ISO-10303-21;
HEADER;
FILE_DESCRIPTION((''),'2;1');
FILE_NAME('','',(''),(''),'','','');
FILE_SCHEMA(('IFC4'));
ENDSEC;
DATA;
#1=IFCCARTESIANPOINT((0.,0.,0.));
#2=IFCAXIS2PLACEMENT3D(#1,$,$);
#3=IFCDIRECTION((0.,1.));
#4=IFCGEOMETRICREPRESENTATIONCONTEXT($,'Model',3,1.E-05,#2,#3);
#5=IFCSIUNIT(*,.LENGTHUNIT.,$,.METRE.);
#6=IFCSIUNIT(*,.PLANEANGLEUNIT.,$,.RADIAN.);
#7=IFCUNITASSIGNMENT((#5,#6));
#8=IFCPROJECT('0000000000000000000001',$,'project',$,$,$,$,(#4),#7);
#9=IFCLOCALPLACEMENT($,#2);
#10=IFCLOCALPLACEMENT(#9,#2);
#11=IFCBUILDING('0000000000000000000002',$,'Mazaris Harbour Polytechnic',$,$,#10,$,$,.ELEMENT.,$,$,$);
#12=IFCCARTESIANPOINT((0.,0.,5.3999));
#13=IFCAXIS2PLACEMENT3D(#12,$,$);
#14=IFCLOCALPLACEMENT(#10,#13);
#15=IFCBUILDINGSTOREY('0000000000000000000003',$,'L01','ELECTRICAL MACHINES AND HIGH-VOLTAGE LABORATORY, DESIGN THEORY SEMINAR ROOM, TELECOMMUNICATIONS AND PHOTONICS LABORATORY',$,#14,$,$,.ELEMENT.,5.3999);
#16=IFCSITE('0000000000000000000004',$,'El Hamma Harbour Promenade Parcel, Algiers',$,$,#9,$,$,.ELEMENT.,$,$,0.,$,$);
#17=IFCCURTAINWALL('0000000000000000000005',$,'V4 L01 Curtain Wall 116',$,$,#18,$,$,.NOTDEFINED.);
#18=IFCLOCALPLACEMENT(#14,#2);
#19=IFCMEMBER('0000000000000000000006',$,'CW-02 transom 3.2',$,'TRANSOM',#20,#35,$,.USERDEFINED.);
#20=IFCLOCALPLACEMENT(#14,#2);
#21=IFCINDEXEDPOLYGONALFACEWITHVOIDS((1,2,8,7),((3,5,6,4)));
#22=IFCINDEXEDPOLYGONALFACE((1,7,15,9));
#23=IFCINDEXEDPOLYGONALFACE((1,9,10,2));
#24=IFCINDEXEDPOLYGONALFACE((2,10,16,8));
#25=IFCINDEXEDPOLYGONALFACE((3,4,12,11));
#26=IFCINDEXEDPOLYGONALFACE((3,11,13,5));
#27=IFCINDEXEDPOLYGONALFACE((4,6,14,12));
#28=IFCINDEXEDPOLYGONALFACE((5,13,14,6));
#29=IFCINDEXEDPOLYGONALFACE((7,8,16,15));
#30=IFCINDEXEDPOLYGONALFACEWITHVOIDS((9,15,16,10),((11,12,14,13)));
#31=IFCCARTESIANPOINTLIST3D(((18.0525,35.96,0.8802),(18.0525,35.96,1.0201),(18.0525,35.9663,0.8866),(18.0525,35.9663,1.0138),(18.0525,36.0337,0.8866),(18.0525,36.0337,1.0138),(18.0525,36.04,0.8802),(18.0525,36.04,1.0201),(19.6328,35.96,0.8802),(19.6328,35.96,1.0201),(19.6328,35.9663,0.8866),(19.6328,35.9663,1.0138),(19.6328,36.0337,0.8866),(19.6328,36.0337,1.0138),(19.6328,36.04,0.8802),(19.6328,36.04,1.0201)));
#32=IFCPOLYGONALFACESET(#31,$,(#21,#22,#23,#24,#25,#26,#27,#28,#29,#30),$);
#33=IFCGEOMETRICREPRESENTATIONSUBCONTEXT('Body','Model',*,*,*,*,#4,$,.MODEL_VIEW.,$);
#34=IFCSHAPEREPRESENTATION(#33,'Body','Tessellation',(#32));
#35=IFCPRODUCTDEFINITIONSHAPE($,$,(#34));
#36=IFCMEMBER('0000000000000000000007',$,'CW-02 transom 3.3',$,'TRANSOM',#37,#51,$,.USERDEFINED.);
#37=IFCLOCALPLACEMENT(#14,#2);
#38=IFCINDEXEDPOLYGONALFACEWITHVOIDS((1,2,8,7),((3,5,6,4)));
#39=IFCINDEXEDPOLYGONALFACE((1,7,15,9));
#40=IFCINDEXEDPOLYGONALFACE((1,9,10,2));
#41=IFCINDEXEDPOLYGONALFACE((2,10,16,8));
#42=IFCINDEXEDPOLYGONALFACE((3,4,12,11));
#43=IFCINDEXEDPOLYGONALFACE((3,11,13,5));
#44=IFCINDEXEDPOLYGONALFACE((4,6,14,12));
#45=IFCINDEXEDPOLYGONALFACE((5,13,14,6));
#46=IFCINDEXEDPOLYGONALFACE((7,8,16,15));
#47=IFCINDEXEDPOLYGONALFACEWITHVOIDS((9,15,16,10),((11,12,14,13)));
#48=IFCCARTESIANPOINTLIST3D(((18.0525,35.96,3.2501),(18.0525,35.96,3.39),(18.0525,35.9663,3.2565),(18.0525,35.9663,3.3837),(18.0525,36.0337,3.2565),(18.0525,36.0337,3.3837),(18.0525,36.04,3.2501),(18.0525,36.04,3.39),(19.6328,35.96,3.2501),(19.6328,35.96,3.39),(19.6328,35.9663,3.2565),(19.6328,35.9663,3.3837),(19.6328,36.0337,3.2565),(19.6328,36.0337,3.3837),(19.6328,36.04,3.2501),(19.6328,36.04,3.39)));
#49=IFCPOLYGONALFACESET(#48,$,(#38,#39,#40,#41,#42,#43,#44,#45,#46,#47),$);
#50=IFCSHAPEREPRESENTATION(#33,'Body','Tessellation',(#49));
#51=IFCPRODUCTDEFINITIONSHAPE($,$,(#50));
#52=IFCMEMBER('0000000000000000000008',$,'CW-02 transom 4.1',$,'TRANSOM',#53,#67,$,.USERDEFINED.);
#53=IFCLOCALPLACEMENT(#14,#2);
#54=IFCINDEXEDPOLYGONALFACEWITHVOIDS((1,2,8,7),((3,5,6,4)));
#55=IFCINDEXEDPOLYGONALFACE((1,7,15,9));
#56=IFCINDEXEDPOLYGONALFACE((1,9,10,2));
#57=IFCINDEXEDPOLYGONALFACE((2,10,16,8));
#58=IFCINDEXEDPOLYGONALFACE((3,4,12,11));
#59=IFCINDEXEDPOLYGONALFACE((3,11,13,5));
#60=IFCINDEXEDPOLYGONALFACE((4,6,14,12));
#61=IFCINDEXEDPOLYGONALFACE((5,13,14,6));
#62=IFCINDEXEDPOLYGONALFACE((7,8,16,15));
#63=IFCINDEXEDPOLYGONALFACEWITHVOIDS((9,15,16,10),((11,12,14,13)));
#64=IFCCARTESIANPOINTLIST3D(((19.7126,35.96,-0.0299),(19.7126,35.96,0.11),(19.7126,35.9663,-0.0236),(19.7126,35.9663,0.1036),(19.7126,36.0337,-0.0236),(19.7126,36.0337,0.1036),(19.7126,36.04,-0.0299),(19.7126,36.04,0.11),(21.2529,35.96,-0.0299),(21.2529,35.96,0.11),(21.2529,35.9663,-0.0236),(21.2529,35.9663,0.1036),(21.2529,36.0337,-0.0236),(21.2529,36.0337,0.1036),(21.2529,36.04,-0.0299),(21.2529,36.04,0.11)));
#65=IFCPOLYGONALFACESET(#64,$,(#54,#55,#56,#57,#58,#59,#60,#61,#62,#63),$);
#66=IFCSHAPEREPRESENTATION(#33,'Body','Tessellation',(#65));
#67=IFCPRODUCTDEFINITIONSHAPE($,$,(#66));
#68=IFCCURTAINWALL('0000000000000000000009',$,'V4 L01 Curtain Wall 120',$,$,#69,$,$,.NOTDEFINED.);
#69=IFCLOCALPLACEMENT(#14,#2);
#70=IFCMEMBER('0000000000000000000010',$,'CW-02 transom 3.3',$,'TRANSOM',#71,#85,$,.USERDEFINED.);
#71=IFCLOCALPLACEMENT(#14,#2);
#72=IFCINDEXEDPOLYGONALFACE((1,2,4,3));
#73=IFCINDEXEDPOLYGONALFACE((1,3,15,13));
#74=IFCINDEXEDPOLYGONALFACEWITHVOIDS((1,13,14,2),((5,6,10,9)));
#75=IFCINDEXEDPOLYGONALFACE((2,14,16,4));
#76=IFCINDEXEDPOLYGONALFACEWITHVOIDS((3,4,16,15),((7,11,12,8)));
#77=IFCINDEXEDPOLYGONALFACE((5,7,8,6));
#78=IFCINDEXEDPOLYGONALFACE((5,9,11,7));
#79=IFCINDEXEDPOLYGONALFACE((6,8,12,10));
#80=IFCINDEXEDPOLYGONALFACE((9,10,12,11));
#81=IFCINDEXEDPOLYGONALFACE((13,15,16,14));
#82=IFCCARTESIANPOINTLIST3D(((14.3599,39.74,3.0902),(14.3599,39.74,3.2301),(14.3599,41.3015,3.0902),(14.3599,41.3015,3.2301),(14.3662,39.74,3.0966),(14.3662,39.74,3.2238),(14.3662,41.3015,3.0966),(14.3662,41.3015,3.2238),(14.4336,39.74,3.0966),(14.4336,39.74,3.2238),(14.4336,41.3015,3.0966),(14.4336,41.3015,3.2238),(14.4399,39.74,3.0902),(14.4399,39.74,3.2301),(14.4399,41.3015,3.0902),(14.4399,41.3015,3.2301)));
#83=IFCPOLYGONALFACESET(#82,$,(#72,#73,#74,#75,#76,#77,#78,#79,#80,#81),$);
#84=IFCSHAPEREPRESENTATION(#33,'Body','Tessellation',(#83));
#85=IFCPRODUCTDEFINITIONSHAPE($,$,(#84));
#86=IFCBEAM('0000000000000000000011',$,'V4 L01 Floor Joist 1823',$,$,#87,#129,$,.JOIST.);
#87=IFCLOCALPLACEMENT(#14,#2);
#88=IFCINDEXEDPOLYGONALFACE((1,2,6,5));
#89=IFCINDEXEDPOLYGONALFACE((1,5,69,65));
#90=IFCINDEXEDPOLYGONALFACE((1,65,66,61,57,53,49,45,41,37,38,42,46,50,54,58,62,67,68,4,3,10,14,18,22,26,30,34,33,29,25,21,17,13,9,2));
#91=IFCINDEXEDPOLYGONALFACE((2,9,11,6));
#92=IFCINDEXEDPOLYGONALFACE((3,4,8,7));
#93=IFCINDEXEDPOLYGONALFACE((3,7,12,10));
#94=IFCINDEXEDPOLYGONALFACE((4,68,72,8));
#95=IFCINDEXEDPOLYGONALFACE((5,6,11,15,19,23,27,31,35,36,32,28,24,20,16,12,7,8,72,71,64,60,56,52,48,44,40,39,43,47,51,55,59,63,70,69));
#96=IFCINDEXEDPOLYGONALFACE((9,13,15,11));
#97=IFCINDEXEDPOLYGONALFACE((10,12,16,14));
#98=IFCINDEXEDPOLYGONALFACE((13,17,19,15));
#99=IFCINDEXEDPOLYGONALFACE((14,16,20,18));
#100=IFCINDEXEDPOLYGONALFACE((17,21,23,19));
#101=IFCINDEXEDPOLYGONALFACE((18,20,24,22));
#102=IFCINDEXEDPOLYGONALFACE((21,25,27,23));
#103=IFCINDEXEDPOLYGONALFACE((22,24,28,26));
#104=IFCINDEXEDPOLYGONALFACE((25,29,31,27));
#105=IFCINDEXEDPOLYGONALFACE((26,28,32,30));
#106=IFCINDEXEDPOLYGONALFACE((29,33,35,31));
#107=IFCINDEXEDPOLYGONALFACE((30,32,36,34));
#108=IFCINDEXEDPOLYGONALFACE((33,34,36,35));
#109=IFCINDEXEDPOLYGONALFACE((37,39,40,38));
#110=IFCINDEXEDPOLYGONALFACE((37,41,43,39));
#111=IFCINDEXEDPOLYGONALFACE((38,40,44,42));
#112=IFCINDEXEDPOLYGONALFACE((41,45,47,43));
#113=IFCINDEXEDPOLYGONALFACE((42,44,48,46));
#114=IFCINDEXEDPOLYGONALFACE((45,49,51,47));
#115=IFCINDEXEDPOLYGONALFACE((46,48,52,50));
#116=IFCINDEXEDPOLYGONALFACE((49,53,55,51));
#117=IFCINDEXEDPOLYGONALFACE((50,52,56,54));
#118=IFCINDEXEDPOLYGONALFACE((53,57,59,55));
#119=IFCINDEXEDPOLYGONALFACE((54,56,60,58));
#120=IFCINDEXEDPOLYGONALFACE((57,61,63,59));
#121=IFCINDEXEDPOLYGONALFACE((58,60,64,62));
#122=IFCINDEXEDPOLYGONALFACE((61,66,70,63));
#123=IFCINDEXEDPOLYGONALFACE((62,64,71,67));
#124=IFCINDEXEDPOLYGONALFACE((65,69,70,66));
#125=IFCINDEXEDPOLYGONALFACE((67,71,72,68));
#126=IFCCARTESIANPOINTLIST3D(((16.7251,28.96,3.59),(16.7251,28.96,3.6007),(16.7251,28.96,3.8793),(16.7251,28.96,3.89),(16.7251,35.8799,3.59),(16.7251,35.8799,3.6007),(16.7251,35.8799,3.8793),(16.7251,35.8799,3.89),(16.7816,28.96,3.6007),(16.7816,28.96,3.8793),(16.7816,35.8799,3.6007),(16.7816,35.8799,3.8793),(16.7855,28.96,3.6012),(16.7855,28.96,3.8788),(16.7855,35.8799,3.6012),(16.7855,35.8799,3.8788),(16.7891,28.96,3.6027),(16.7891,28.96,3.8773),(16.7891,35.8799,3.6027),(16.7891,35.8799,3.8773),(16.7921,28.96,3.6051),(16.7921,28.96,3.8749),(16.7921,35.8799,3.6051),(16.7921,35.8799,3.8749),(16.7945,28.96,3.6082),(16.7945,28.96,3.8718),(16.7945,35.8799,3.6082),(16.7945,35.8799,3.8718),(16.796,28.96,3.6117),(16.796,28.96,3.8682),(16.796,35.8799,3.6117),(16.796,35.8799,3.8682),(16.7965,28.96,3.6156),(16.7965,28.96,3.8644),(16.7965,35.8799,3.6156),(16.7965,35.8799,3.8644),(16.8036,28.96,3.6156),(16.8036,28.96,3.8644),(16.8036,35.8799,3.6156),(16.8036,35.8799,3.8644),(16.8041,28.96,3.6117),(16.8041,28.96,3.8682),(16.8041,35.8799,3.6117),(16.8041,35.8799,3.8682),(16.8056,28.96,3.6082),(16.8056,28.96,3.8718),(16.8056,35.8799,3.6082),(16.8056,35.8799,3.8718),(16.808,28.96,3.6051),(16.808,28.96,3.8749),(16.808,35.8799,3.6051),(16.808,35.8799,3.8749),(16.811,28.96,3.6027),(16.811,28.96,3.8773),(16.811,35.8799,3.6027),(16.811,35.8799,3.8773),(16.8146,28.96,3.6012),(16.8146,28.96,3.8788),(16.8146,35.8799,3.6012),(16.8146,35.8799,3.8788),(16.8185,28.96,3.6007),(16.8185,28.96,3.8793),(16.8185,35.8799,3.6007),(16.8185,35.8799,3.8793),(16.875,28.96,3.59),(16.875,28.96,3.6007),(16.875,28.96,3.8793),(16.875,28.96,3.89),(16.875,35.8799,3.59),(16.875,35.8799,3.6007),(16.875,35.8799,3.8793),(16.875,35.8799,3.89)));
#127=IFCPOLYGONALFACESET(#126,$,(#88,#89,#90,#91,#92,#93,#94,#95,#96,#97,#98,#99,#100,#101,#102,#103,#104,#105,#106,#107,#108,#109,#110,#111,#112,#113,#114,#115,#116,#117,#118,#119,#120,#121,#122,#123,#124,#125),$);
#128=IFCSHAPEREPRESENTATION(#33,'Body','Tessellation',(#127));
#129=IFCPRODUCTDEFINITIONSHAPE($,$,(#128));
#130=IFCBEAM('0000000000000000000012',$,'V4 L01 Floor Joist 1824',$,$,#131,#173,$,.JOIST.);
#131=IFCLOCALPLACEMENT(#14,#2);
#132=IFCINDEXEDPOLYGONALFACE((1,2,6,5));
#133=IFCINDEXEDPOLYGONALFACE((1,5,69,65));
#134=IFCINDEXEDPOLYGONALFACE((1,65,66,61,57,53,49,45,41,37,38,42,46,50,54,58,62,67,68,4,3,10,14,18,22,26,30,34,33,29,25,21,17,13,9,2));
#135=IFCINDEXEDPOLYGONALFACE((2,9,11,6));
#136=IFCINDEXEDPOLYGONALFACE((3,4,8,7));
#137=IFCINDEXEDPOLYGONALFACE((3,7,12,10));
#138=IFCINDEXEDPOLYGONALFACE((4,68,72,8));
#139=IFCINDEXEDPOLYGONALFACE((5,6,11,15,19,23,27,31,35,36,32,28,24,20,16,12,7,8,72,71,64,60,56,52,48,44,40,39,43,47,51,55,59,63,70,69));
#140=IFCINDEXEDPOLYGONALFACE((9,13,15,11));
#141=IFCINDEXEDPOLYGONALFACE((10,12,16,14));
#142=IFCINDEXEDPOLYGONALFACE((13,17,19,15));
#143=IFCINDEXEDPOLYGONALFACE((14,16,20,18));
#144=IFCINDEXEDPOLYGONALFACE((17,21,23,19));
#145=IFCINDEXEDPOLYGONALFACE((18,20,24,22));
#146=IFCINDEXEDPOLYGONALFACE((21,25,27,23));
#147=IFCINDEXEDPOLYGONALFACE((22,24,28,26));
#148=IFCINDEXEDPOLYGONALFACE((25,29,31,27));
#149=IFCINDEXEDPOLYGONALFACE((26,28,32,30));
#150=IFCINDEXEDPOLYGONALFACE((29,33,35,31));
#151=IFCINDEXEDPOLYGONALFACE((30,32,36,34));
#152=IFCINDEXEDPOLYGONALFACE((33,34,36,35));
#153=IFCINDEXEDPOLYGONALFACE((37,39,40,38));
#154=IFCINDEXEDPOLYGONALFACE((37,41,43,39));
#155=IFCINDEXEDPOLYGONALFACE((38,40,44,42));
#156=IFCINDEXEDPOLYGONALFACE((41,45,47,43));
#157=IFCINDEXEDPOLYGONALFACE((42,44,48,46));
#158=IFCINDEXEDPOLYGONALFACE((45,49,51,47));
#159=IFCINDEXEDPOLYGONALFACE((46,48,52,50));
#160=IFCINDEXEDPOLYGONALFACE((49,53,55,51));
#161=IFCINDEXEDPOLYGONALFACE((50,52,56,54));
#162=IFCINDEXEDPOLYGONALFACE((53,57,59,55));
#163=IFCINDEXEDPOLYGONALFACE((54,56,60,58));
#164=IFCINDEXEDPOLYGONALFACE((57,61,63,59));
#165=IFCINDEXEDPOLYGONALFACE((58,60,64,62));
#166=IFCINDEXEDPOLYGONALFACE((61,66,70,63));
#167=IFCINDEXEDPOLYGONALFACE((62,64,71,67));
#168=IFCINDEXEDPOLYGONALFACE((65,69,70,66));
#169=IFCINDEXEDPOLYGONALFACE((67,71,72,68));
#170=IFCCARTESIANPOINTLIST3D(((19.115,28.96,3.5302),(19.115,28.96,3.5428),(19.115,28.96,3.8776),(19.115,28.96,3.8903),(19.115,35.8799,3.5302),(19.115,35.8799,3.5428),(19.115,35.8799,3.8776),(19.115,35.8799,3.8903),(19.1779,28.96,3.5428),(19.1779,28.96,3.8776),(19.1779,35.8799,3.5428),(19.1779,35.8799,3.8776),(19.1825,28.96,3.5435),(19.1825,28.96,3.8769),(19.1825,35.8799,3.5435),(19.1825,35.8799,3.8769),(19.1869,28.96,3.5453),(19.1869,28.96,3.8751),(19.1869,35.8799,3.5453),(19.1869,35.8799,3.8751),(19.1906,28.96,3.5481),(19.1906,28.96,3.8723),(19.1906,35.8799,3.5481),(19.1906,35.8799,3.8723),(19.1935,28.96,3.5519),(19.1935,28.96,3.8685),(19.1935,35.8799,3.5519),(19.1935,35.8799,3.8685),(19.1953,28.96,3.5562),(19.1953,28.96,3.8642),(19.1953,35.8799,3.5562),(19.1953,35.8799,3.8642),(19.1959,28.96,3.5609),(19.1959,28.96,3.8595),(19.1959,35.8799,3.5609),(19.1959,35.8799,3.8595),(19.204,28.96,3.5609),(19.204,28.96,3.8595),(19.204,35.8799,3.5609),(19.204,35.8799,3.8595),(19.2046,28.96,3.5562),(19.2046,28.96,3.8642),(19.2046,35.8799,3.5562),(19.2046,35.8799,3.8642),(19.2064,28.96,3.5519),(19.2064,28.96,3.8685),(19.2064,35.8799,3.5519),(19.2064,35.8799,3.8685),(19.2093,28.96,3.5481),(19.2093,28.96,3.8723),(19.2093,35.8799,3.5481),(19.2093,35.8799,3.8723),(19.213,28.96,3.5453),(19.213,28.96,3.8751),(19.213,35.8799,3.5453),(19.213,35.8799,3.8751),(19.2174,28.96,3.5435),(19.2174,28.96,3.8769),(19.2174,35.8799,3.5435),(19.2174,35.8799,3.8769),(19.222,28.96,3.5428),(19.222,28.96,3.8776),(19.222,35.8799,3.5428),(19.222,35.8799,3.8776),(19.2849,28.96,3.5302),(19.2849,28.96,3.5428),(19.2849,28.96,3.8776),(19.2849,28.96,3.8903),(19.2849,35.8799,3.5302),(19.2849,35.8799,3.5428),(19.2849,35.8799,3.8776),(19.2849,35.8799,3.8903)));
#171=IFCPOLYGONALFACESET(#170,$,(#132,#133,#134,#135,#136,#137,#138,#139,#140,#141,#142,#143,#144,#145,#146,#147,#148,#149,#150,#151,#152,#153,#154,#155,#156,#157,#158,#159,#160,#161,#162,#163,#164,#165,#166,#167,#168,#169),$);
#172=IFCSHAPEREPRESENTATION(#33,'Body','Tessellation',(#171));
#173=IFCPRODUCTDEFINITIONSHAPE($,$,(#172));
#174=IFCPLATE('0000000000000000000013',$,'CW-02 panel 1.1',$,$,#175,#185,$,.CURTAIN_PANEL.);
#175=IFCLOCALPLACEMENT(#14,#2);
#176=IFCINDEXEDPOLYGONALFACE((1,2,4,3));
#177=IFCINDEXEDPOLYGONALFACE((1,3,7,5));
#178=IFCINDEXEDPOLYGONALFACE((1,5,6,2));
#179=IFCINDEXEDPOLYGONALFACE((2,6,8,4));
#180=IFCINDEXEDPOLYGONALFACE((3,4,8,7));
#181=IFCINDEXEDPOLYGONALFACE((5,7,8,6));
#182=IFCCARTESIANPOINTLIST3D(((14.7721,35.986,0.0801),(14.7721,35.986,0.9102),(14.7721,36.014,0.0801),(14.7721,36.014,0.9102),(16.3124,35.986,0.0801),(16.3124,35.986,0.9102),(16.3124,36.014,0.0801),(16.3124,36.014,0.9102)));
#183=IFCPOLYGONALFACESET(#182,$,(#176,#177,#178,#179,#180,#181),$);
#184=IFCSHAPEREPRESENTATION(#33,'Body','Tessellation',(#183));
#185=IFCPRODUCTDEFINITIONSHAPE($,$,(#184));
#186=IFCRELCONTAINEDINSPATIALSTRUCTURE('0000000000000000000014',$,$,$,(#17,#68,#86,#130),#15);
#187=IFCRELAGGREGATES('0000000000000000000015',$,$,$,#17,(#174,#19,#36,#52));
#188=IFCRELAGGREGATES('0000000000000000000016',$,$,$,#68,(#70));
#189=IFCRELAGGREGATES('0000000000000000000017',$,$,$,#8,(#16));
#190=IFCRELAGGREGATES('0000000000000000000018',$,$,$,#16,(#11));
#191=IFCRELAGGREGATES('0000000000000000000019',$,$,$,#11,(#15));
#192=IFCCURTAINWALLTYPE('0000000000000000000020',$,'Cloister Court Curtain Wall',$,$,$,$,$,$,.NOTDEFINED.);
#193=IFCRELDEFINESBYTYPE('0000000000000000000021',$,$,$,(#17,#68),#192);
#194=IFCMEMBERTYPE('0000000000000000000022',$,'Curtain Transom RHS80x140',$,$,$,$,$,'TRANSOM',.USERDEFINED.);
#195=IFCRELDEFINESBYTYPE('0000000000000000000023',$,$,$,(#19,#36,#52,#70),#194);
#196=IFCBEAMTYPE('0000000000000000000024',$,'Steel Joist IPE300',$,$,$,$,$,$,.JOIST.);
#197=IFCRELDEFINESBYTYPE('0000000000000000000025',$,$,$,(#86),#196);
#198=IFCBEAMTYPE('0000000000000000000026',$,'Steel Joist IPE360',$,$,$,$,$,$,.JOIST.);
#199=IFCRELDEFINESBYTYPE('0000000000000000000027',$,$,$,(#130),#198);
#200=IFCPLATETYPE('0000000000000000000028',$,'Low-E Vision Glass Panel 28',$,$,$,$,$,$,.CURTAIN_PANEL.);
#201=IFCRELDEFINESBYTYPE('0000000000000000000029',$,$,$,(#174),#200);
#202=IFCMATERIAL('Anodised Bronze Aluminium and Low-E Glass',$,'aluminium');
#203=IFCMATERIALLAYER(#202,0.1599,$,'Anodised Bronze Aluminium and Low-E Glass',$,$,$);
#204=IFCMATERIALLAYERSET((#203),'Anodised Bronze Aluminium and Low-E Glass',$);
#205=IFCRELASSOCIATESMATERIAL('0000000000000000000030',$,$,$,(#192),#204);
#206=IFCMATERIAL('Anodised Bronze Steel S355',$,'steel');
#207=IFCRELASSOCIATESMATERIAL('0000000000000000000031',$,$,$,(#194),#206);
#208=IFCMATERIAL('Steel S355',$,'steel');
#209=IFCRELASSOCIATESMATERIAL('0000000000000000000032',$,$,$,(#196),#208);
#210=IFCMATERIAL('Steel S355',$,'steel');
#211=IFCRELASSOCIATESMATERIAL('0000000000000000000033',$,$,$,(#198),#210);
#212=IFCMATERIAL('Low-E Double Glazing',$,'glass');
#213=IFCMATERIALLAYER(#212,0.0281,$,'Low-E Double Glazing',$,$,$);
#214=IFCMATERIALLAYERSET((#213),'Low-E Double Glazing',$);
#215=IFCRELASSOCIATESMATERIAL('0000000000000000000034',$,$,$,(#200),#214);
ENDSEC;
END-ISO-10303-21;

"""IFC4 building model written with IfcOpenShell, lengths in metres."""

from ifc_helpers import new_model, si_unit, direction, frame, origin, origin_2d, place, context, subcontext, project, spatial, rectangle, hollow_rectangle, i_section, extrude, material, layer, layer_set, material_profile, profile_set, type_object, element, aggregate, save


model = new_model("IFC4")

# Units and contexts
model_context = context("Model", 3, precision=1e-05, world=origin(), true_north=direction((0.0, 1.0)))
body_context = subcontext(model_context, "Body", "Model", "MODEL_VIEW")
ifc_project = project(units=[si_unit("LENGTHUNIT", "METRE"), si_unit("PLANEANGLEUNIT", "RADIAN")], contexts=[model_context])

# Site, building, storey
site_placement = place(None, origin())
site = spatial("IfcSite", under=ifc_project, at=site_placement, Name="El Hamma Harbour Promenade Parcel, Algiers", CompositionType="ELEMENT", RefElevation=0.0)
building_placement = place(site_placement, origin())
building = spatial("IfcBuilding", under=site, at=building_placement, Name="Mazaris Harbour Polytechnic", CompositionType="ELEMENT")
storey_placement = place(building_placement, frame((0.0, 0.0, 5.3999)))
storey = spatial("IfcBuildingStorey", under=building, at=storey_placement, Name="L01", Description="ELECTRICAL MACHINES AND HIGH-VOLTAGE LABORATORY, DESIGN THEORY SEMINAR ROOM, TELECOMMUNICATIONS AND PHOTONICS LABORATORY", CompositionType="ELEMENT", Elevation=5.3999)

# Curtain wall, members
ifc_material_1 = material(Name="Anodised Bronze Aluminium and Low-E Glass", Category="aluminium")
ifc_layer_1 = layer(ifc_material_1, 0.1599, Name="Anodised Bronze Aluminium and Low-E Glass")
ifc_layer_set_1 = layer_set([ifc_layer_1], Name="Anodised Bronze Aluminium and Low-E Glass")
curtain_wall_type = type_object("IfcCurtainWallType", Name="Cloister Court Curtain Wall", PredefinedType="NOTDEFINED", material=ifc_layer_set_1)
curtain_wall_1_placement = place(storey_placement, origin())
curtain_wall_1 = element("IfcCurtainWall", 1, at=curtain_wall_1_placement, inside=storey, type_object=curtain_wall_type, Name="V4 L01 Curtain Wall 116", PredefinedType="NOTDEFINED")
ifc_material_2 = material(Name="Anodised Bronze Steel S355", Category="steel")
ifc_material_profile_1 = material_profile(ifc_material_2, hollow_rectangle(XDim=0.0801, YDim=0.1399, WallThickness=0.0063, at=origin_2d()), Name="RHS 80x140x6.3")
ifc_profile_set_1 = profile_set([ifc_material_profile_1], Name="Anodised Bronze Steel S355")
member_type_1 = type_object("IfcMemberType", Name="Curtain Transom RHS80x140", ElementType="TRANSOM", PredefinedType="USERDEFINED", material=ifc_profile_set_1)
member_1_placement = place(storey_placement, frame((18.0525, 36.0, 0.9502), z_axis=(1.0, 0.0, 0.0), x_axis=(0.0, 1.0, 0.0)))
member_1 = element("IfcMember", 2, at=member_1_placement, type_object=member_type_1, Name="CW-02 transom 3.2", ObjectType="TRANSOM", PredefinedType="USERDEFINED", context=body_context, shape_type="SweptSolid", body=[
    extrude(hollow_rectangle(XDim=0.0801, YDim=0.1399, WallThickness=0.0063, at=origin_2d()), origin(), (0.0, 0.0, 1.0), 1.5803),
])
member_2_placement = place(storey_placement, frame((18.0525, 36.0, 3.3201), z_axis=(1.0, 0.0, 0.0), x_axis=(0.0, 1.0, 0.0)))
member_2 = element("IfcMember", 3, at=member_2_placement, type_object=member_type_1, Name="CW-02 transom 3.3", ObjectType="TRANSOM", PredefinedType="USERDEFINED", context=body_context, shape_type="SweptSolid", body=[
    extrude(hollow_rectangle(XDim=0.0801, YDim=0.1399, WallThickness=0.0063, at=origin_2d()), origin(), (0.0, 0.0, 1.0), 1.5803),
])
member_3_placement = place(storey_placement, frame((19.7126, 36.0, 0.04), z_axis=(1.0, 0.0, 0.0), x_axis=(0.0, 1.0, 0.0)))
member_3 = element("IfcMember", 4, at=member_3_placement, type_object=member_type_1, Name="CW-02 transom 4.1", ObjectType="TRANSOM", PredefinedType="USERDEFINED", context=body_context, shape_type="SweptSolid", body=[
    extrude(hollow_rectangle(XDim=0.0801, YDim=0.1399, WallThickness=0.0063, at=origin_2d()), origin(), (0.0, 0.0, 1.0), 1.5403),
])

# Curtain wall, member
curtain_wall_2_placement = place(storey_placement, origin())
curtain_wall_2 = element("IfcCurtainWall", 5, at=curtain_wall_2_placement, inside=storey, type_object=curtain_wall_type, Name="V4 L01 Curtain Wall 120", PredefinedType="NOTDEFINED")
member_4_placement = place(storey_placement, frame((14.3999, 39.74, 3.1602), z_axis=(0.0, 1.0, 0.0), x_axis=(-1.0, 0.0, 0.0)))
member_4 = element("IfcMember", 6, at=member_4_placement, type_object=member_type_1, Name="CW-02 transom 3.3", ObjectType="TRANSOM", PredefinedType="USERDEFINED", context=body_context, shape_type="SweptSolid", body=[
    extrude(hollow_rectangle(XDim=0.0801, YDim=0.1399, WallThickness=0.0063, at=origin_2d()), origin(), (0.0, 0.0, 1.0), 1.5615),
])

# Beams
ifc_material_3 = material(Name="Steel S355", Category="steel")
ifc_material_profile_2 = material_profile(ifc_material_3, i_section(OverallWidth=0.1499, OverallDepth=0.3, WebThickness=0.0071, FlangeThickness=0.0107, FilletRadius=0.0149, at=origin_2d()), Name="IPE 300")
ifc_profile_set_2 = profile_set([ifc_material_profile_2], Name="Steel S355")
beam_type_1 = type_object("IfcBeamType", Name="Steel Joist IPE300", PredefinedType="JOIST", material=ifc_profile_set_2)
beam_1_placement = place(storey_placement, frame((16.8, 28.96, 3.74), z_axis=(0.0, 1.0, 0.0), x_axis=(-1.0, 0.0, 0.0)))
element("IfcBeam", 7, at=beam_1_placement, inside=storey, type_object=beam_type_1, Name="V4 L01 Floor Joist 1823", PredefinedType="JOIST", context=body_context, shape_type="SweptSolid", body=[
    extrude(i_section(OverallWidth=0.1499, OverallDepth=0.3, WebThickness=0.0071, FlangeThickness=0.0107, FilletRadius=0.0149, at=origin_2d()), origin(), (0.0, 0.0, 1.0), 6.9199),
])
ifc_material_4 = material(Name="Steel S355", Category="steel")
ifc_material_profile_3 = material_profile(ifc_material_4, i_section(OverallWidth=0.1699, OverallDepth=0.3601, WebThickness=0.0081, FlangeThickness=0.0127, FilletRadius=0.0181, at=origin_2d()), Name="IPE 360")
ifc_profile_set_3 = profile_set([ifc_material_profile_3], Name="Steel S355")
beam_type_2 = type_object("IfcBeamType", Name="Steel Joist IPE360", PredefinedType="JOIST", material=ifc_profile_set_3)
beam_2_placement = place(storey_placement, frame((19.2, 28.96, 3.7102), z_axis=(0.0, 1.0, 0.0), x_axis=(-1.0, 0.0, 0.0)))
element("IfcBeam", 8, at=beam_2_placement, inside=storey, type_object=beam_type_2, Name="V4 L01 Floor Joist 1824", PredefinedType="JOIST", context=body_context, shape_type="SweptSolid", body=[
    extrude(i_section(OverallWidth=0.1699, OverallDepth=0.3601, WebThickness=0.0081, FlangeThickness=0.0127, FilletRadius=0.0181, at=origin_2d()), origin(), (0.0, 0.0, 1.0), 6.9199),
])

# Plate
ifc_material_5 = material(Name="Low-E Double Glazing", Category="glass")
ifc_layer_2 = layer(ifc_material_5, 0.0281, Name="Low-E Double Glazing")
ifc_layer_set_2 = layer_set([ifc_layer_2], Name="Low-E Double Glazing")
plate_type = type_object("IfcPlateType", Name="Low-E Vision Glass Panel 28", PredefinedType="CURTAIN_PANEL", material=ifc_layer_set_2)
plate_1_placement = place(storey_placement, frame((15.5422, 36.0, 0.0801), z_axis=(0.0, 0.0, 1.0), x_axis=(1.0, 0.0, 0.0)))
plate_1 = element("IfcPlate", 9, at=plate_1_placement, type_object=plate_type, Name="CW-02 panel 1.1", PredefinedType="CURTAIN_PANEL", context=body_context, shape_type="SweptSolid", body=[
    extrude(rectangle(XDim=1.5403, YDim=0.0281, at=origin_2d()), origin(), (0.0, 0.0, 1.0), 0.8301),
])
aggregate(curtain_wall_1, [plate_1, member_1, member_2, member_3])
aggregate(curtain_wall_2, [member_4])

save(model, "model.ifc")
